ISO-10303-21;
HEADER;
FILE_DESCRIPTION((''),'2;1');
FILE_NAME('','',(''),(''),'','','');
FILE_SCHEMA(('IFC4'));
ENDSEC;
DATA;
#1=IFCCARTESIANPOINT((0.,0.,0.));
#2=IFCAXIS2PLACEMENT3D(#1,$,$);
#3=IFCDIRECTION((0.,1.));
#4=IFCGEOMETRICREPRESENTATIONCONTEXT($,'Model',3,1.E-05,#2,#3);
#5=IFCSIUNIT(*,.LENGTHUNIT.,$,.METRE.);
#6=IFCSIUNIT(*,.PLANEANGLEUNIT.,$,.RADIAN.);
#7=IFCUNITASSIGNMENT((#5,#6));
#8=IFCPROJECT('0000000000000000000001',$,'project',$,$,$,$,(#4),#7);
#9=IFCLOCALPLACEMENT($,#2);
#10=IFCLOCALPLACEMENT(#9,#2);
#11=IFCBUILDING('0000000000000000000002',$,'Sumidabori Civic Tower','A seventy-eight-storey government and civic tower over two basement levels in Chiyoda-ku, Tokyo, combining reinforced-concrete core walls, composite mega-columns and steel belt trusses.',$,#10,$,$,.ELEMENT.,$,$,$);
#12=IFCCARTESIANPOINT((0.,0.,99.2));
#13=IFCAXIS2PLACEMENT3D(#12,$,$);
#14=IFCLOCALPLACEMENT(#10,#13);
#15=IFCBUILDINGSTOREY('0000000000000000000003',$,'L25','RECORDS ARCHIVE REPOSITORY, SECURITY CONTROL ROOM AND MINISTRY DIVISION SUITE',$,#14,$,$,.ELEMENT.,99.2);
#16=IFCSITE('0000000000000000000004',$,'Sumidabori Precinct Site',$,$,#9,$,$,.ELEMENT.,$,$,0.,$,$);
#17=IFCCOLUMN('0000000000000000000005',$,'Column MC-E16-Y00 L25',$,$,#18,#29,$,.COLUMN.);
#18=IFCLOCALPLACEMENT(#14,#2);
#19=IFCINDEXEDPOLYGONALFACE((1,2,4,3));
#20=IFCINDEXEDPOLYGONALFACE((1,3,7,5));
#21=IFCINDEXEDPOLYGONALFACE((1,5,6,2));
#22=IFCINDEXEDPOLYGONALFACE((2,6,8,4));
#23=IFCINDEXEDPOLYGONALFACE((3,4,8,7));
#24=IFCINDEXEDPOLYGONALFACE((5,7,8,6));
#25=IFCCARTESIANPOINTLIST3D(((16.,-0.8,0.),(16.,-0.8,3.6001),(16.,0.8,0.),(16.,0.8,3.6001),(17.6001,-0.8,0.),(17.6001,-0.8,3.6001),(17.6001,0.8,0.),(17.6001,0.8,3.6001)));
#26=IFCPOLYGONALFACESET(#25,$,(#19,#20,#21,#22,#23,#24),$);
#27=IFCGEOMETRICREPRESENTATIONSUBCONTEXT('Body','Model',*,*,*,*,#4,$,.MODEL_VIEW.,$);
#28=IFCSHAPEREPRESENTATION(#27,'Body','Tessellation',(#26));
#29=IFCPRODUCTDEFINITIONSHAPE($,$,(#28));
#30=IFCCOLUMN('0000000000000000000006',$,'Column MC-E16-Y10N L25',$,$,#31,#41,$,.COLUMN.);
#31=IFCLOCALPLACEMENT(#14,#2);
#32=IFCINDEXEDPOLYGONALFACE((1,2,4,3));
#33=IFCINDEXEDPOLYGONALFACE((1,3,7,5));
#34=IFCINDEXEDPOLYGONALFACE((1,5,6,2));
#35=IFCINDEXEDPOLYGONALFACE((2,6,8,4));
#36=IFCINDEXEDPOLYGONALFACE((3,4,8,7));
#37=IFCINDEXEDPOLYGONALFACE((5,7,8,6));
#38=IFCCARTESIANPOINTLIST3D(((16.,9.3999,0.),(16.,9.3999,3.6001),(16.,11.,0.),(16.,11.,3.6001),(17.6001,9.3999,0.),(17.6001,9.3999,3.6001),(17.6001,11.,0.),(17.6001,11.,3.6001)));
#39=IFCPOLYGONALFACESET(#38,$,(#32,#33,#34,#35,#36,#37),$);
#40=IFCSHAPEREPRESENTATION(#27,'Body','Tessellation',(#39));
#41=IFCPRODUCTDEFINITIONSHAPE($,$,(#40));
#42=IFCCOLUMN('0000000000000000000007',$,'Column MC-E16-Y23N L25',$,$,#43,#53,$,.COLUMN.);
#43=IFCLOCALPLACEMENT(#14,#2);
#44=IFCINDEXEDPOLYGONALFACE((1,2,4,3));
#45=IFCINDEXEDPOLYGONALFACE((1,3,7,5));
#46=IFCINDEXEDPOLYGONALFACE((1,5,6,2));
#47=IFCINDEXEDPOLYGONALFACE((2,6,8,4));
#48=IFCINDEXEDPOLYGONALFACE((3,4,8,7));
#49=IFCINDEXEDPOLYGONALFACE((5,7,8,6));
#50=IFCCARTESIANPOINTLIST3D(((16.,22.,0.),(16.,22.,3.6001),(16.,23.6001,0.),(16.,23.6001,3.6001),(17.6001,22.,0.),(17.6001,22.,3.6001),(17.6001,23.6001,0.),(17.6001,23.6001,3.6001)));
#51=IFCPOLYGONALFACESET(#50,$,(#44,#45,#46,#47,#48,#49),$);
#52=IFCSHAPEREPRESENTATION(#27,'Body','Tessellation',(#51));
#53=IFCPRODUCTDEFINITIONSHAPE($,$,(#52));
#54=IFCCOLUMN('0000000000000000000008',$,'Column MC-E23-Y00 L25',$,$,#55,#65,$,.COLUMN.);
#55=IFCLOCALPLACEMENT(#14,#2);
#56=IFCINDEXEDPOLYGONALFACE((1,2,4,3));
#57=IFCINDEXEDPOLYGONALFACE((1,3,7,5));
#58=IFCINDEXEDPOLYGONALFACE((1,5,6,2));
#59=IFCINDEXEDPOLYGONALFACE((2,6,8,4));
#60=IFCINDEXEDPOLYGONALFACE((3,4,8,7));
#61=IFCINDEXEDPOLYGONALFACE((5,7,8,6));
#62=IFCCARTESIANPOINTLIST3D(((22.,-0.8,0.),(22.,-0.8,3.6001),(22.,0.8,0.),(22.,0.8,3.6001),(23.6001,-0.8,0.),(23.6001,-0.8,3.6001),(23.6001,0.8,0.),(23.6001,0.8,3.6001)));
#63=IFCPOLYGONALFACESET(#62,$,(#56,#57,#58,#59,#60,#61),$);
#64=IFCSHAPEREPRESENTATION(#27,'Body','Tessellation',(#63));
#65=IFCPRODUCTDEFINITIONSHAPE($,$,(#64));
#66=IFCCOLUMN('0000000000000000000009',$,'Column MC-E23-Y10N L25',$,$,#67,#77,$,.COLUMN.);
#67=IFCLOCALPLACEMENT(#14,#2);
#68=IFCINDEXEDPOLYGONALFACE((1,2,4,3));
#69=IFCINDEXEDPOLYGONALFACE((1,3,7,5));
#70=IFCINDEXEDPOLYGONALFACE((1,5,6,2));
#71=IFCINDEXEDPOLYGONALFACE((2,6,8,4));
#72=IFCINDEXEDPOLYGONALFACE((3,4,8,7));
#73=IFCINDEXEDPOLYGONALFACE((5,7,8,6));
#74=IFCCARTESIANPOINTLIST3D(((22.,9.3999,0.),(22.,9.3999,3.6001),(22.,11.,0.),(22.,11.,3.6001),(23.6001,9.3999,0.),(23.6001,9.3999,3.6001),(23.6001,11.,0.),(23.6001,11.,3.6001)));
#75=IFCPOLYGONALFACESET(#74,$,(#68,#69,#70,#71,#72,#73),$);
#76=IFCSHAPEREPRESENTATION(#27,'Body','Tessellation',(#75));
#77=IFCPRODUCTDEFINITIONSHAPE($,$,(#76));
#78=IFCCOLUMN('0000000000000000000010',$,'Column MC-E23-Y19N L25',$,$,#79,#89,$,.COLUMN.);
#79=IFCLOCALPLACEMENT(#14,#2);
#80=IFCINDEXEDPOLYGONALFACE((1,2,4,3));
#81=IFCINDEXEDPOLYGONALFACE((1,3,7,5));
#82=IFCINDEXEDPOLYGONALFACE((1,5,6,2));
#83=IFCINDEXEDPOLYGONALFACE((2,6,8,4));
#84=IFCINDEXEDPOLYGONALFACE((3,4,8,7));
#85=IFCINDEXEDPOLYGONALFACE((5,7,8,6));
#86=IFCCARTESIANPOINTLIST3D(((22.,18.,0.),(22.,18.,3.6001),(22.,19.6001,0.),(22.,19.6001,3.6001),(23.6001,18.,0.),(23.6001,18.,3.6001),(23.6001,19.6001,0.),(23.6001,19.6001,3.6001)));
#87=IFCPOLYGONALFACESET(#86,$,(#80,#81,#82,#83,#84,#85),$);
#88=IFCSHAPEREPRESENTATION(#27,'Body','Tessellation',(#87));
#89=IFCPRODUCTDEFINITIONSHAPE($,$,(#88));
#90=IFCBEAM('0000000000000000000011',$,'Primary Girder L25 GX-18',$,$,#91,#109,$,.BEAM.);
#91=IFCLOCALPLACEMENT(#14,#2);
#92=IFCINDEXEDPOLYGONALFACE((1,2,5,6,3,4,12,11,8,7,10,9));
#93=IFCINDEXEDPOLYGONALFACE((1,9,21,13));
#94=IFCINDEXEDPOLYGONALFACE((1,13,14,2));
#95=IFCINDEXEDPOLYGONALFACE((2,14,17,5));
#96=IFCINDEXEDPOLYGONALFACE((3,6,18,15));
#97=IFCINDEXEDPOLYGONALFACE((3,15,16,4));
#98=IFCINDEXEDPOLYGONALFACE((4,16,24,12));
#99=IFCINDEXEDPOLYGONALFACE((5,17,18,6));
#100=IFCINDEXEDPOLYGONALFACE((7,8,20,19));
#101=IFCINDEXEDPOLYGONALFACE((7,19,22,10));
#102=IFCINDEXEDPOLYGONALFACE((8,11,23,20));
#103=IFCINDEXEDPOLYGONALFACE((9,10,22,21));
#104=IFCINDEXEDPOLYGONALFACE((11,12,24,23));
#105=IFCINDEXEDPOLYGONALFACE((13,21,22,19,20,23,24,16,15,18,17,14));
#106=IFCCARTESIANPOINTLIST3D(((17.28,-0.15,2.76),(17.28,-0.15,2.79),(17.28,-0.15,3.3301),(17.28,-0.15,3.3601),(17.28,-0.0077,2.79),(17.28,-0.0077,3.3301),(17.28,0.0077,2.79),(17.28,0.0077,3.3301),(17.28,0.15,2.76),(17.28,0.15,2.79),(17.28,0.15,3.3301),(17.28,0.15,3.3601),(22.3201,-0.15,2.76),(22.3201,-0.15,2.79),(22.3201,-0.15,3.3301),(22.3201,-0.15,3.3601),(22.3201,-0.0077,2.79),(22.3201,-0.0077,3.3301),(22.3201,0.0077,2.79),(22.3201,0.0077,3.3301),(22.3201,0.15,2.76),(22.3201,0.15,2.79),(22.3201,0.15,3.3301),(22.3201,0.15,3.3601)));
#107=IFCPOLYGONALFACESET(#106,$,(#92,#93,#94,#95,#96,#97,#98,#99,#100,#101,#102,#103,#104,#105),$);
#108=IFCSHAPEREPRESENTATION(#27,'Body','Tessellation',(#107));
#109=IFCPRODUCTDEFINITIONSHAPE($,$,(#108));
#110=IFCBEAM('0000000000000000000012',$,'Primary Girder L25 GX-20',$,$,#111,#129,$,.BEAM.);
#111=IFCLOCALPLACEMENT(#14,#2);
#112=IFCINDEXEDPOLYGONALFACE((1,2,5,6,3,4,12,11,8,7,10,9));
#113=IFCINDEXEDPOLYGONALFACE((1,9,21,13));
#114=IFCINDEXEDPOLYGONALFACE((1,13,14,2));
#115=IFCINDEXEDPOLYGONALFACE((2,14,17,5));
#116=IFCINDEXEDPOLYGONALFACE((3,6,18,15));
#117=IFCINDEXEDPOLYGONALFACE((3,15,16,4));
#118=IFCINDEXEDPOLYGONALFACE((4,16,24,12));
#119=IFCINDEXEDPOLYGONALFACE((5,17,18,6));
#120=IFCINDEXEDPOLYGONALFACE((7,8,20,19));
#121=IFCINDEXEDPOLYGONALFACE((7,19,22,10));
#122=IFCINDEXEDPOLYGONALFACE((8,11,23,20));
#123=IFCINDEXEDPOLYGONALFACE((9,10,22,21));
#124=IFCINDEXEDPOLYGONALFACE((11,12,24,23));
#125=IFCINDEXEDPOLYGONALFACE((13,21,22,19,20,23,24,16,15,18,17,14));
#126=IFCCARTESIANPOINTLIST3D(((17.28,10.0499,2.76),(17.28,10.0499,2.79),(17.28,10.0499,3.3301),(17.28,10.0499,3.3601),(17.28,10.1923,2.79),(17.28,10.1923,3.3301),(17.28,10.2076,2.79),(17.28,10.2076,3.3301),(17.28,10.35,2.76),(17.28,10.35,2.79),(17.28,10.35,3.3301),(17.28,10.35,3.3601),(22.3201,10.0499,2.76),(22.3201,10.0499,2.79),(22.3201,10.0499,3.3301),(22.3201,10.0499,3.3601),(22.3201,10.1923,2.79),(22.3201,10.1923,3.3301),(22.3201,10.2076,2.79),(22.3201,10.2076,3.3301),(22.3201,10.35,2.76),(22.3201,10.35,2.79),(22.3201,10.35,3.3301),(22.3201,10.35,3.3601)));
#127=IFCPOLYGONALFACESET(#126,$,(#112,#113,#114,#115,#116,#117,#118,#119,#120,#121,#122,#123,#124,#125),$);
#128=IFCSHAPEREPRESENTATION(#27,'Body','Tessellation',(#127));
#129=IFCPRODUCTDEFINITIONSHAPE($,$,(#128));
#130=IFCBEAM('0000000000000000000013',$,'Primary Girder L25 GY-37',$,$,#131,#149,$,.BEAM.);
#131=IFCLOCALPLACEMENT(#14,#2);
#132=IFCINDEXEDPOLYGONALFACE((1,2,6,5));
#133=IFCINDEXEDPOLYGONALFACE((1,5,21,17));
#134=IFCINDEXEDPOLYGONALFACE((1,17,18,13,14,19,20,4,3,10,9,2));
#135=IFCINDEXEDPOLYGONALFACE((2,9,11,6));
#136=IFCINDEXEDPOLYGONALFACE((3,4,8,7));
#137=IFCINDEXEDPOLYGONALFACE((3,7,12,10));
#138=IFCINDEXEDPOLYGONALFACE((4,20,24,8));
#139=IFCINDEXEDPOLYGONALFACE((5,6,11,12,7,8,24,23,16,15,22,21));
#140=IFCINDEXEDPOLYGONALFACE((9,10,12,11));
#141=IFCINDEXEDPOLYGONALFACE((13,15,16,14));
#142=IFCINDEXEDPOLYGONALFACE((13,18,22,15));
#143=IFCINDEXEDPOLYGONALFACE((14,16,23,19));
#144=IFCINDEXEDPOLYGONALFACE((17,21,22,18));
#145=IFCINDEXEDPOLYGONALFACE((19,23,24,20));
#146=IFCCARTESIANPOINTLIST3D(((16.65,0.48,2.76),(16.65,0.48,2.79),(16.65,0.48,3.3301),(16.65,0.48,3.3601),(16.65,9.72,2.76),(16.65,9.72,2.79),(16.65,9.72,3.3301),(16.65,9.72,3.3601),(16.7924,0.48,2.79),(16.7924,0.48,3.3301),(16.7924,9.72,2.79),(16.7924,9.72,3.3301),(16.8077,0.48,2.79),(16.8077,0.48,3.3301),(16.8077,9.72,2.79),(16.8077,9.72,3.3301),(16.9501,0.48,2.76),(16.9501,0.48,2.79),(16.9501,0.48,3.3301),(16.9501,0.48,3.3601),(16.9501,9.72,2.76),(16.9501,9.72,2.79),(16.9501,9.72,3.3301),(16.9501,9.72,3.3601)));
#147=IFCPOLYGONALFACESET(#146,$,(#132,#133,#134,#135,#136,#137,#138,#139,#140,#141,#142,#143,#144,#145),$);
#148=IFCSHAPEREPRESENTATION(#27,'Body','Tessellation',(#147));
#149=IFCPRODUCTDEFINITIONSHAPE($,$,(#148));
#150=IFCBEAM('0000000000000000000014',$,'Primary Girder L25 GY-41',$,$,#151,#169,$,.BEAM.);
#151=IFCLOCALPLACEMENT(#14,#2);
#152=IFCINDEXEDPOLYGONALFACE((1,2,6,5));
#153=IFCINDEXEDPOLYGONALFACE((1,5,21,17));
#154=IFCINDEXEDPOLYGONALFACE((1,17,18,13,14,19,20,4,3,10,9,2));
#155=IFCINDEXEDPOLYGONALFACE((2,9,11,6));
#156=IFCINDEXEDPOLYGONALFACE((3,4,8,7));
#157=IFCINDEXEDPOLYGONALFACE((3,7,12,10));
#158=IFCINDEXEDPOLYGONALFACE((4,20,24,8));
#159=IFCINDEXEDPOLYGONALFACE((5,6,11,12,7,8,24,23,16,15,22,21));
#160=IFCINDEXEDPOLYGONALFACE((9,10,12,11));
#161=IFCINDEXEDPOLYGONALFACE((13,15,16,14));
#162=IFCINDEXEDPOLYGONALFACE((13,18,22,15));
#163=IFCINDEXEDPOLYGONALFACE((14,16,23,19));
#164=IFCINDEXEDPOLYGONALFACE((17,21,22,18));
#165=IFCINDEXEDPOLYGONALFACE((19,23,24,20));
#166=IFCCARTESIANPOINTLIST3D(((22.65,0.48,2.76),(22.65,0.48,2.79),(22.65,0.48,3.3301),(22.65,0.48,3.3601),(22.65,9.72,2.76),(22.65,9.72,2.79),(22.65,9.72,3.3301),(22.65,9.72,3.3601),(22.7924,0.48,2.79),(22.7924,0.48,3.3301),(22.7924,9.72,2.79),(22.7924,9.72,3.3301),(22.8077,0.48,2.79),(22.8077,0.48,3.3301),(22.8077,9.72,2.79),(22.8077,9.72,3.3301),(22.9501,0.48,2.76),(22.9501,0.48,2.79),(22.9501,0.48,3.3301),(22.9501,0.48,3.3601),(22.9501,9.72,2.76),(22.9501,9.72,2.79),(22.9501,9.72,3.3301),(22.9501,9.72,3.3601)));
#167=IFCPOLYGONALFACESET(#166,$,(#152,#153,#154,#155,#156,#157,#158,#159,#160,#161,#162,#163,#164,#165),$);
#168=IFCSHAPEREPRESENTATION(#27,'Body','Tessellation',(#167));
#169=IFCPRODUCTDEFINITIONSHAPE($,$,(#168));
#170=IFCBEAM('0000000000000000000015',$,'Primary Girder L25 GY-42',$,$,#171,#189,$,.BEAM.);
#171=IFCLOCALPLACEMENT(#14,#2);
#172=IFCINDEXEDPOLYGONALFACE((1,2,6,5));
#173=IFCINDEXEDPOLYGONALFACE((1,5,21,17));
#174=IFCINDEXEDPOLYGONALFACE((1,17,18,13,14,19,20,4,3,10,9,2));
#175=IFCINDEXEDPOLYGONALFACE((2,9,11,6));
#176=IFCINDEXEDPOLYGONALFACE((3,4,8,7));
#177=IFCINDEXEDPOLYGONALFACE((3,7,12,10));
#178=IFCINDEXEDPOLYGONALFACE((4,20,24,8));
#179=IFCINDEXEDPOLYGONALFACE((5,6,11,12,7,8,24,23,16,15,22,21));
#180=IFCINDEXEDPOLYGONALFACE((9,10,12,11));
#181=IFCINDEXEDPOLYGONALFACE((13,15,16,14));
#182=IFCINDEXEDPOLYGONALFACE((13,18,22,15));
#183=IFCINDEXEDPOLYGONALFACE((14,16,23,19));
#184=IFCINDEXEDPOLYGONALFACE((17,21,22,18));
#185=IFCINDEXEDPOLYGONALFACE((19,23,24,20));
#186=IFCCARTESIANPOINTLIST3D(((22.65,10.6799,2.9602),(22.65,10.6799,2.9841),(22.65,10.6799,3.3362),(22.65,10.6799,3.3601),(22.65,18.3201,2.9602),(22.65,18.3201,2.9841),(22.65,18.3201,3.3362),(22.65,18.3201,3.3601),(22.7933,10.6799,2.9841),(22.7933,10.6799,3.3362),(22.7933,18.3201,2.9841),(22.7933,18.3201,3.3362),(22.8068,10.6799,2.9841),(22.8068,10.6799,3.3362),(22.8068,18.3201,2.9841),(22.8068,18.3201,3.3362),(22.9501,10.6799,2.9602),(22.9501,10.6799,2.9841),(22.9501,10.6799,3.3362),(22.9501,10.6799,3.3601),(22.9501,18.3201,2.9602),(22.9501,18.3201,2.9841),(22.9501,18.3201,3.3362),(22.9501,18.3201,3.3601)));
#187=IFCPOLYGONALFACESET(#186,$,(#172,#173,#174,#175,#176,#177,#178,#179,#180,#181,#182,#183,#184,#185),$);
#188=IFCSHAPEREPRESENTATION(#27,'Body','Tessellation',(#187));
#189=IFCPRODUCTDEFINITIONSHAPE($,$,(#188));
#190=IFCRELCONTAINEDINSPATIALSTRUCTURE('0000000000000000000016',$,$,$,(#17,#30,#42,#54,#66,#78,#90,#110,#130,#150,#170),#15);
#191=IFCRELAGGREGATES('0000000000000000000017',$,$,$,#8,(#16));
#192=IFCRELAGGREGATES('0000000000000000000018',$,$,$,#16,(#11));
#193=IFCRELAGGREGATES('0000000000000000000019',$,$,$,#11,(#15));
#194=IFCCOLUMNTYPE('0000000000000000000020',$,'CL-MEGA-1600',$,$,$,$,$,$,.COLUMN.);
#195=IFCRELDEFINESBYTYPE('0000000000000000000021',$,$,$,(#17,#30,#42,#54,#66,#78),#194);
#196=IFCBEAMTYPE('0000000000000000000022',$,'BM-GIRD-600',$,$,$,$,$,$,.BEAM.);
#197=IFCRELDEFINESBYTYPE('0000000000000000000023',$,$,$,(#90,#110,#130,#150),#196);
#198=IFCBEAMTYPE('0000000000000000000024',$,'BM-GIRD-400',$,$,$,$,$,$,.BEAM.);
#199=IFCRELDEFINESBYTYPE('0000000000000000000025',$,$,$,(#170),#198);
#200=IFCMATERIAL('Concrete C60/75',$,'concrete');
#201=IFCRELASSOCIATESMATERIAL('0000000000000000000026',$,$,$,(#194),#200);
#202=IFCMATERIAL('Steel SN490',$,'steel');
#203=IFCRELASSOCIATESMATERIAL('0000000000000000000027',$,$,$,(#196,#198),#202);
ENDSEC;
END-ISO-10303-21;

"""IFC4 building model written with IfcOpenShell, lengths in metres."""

from ifc_helpers import new_model, si_unit, direction, frame, origin, origin_2d, place, context, subcontext, project, spatial, rectangle, i_section, extrude, source, transform, mapped, material, material_profile, profile_set, type_object, element, save


model = new_model("IFC4")

# Units and contexts
model_context = context("Model", 3, precision=1e-05, world=origin(), true_north=direction((0.0, 1.0)))
body_context = subcontext(model_context, "Body", "Model", "MODEL_VIEW")
ifc_project = project(units=[si_unit("LENGTHUNIT", "METRE"), si_unit("PLANEANGLEUNIT", "RADIAN")], contexts=[model_context])

# Site, building, storey
site_placement = place(None, origin())
site = spatial("IfcSite", under=ifc_project, at=site_placement, Name="Sumidabori Precinct Site", CompositionType="ELEMENT", RefElevation=0.0)
building_placement = place(site_placement, origin())
building = spatial("IfcBuilding", under=site, at=building_placement, Name="Sumidabori Civic Tower", Description="A seventy-eight-storey government and civic tower over two basement levels in Chiyoda-ku, Tokyo, combining reinforced-concrete core walls, composite mega-columns and steel belt trusses.", CompositionType="ELEMENT")
storey_placement = place(building_placement, frame((0.0, 0.0, 99.2)))
storey = spatial("IfcBuildingStorey", under=building, at=storey_placement, Name="L25", Description="RECORDS ARCHIVE REPOSITORY, SECURITY CONTROL ROOM AND MINISTRY DIVISION SUITE", CompositionType="ELEMENT", Elevation=99.2)

# Columns
ifc_material_1 = material(Name="Concrete C60/75", Category="concrete")
ifc_material_profile_1 = material_profile(ifc_material_1, rectangle(XDim=1.6001, YDim=1.6001, at=origin_2d()), Name="RC 1600x1600")
ifc_profile_set_1 = profile_set([ifc_material_profile_1], Name="Concrete C60/75")
column_type = type_object("IfcColumnType", Name="CL-MEGA-1600", PredefinedType="COLUMN", material=ifc_profile_set_1)
shared_shape_1 = source(origin(), body_context, "Body", "SweptSolid", [
    extrude(rectangle(XDim=1.6001, YDim=1.6001, at=origin_2d()), origin(), (0.0, 0.0, 1.0), 3.6001),
])
for number, where, z_axis, x_axis, name in (
    (1, (16.8, 0.0, 0.0), (0.0, 0.0, 1.0), (1.0, 0.0, 0.0), "Column MC-E16-Y00 L25"),
    (2, (16.8, 10.2, 0.0), (0.0, 0.0, 1.0), (1.0, 0.0, 0.0), "Column MC-E16-Y10N L25"),
    (3, (16.8, 22.8, 0.0), (0.0, 0.0, 1.0), (1.0, 0.0, 0.0), "Column MC-E16-Y23N L25"),
    (4, (22.8, 0.0, 0.0), (0.0, 0.0, 1.0), (1.0, 0.0, 0.0), "Column MC-E23-Y00 L25"),
    (5, (22.8, 10.2, 0.0), (0.0, 0.0, 1.0), (1.0, 0.0, 0.0), "Column MC-E23-Y10N L25"),
    (6, (22.8, 18.8, 0.0), (0.0, 0.0, 1.0), (1.0, 0.0, 0.0), "Column MC-E23-Y19N L25"),
):
    element("IfcColumn", number, at=place(storey_placement, frame(where, z_axis=z_axis, x_axis=x_axis)), inside=storey, type_object=column_type, Name=name, PredefinedType="COLUMN", context=body_context, shape_type="MappedRepresentation", body=[
        mapped(shared_shape_1, transform((0.0, 0.0, 0.0), x_axis=(1.0, 0.0, 0.0), y_axis=(0.0, 1.0, 0.0), z_axis=(0.0, 0.0, 1.0), scale=1.0)),
    ])

# Beams
ifc_material_2 = material(Name="Steel SN490", Category="steel")
ifc_material_profile_2 = material_profile(ifc_material_2, i_section(OverallWidth=0.3, OverallDepth=0.6001, WebThickness=0.0154, FlangeThickness=0.03, at=origin_2d()), Name="HE 600 B")
ifc_profile_set_2 = profile_set([ifc_material_profile_2], Name="Steel SN490")
beam_type_1 = type_object("IfcBeamType", Name="BM-GIRD-600", PredefinedType="BEAM", material=ifc_profile_set_2)
shared_shape_2 = source(origin(), body_context, "Body", "SweptSolid", [
    extrude(i_section(OverallWidth=0.3, OverallDepth=0.6001, WebThickness=0.0154, FlangeThickness=0.03, at=origin_2d()), origin(), (0.0, 0.0, 1.0), 5.04),
])
for number, where, z_axis, x_axis, name in (
    (7, (17.28, 0.0, 3.0601), (1.0, 0.0, 0.0), (0.0, 1.0, 0.0), "Primary Girder L25 GX-18"),
    (8, (17.28, 10.2, 3.0601), (1.0, 0.0, 0.0), (0.0, 1.0, 0.0), "Primary Girder L25 GX-20"),
):
    element("IfcBeam", number, at=place(storey_placement, frame(where, z_axis=z_axis, x_axis=x_axis)), inside=storey, type_object=beam_type_1, Name=name, PredefinedType="BEAM", context=body_context, shape_type="MappedRepresentation", body=[
        mapped(shared_shape_2, transform((0.0, 0.0, 0.0), x_axis=(1.0, 0.0, 0.0), y_axis=(0.0, 1.0, 0.0), z_axis=(0.0, 0.0, 1.0), scale=1.0)),
    ])
shared_shape_3 = source(origin(), body_context, "Body", "SweptSolid", [
    extrude(i_section(OverallWidth=0.3, OverallDepth=0.6001, WebThickness=0.0154, FlangeThickness=0.03, at=origin_2d()), origin(), (0.0, 0.0, 1.0), 9.24),
])
for number, where, z_axis, x_axis, name in (
    (9, (16.8, 0.48, 3.0601), (0.0, 1.0, 0.0), (-1.0, 0.0, 0.0), "Primary Girder L25 GY-37"),
    (10, (22.8, 0.48, 3.0601), (0.0, 1.0, 0.0), (-1.0, 0.0, 0.0), "Primary Girder L25 GY-41"),
):
    element("IfcBeam", number, at=place(storey_placement, frame(where, z_axis=z_axis, x_axis=x_axis)), inside=storey, type_object=beam_type_1, Name=name, PredefinedType="BEAM", context=body_context, shape_type="MappedRepresentation", body=[
        mapped(shared_shape_3, transform((0.0, 0.0, 0.0), x_axis=(1.0, 0.0, 0.0), y_axis=(0.0, 1.0, 0.0), z_axis=(0.0, 0.0, 1.0), scale=1.0)),
    ])
ifc_material_profile_3 = material_profile(ifc_material_2, i_section(OverallWidth=0.3, OverallDepth=0.3999, WebThickness=0.0134, FlangeThickness=0.0239, at=origin_2d()), Name="HE 400 B")
ifc_profile_set_3 = profile_set([ifc_material_profile_3], Name="Steel SN490")
beam_type_2 = type_object("IfcBeamType", Name="BM-GIRD-400", PredefinedType="BEAM", material=ifc_profile_set_3)
shared_shape_4 = source(origin(), body_context, "Body", "SweptSolid", [
    extrude(i_section(OverallWidth=0.3, OverallDepth=0.3999, WebThickness=0.0134, FlangeThickness=0.0239, at=origin_2d()), origin(), (0.0, 0.0, 1.0), 7.6401),
])
beam_1_placement = place(storey_placement, frame((22.8, 10.6799, 3.1602), z_axis=(0.0, 1.0, 0.0), x_axis=(-1.0, 0.0, 0.0)))
element("IfcBeam", 11, at=beam_1_placement, inside=storey, type_object=beam_type_2, Name="Primary Girder L25 GY-42", PredefinedType="BEAM", context=body_context, shape_type="MappedRepresentation", body=[
    mapped(shared_shape_4, transform((0.0, 0.0, 0.0), x_axis=(1.0, 0.0, 0.0), y_axis=(0.0, 1.0, 0.0), z_axis=(0.0, 0.0, 1.0), scale=1.0)),
])

save(model, "model.ifc")
